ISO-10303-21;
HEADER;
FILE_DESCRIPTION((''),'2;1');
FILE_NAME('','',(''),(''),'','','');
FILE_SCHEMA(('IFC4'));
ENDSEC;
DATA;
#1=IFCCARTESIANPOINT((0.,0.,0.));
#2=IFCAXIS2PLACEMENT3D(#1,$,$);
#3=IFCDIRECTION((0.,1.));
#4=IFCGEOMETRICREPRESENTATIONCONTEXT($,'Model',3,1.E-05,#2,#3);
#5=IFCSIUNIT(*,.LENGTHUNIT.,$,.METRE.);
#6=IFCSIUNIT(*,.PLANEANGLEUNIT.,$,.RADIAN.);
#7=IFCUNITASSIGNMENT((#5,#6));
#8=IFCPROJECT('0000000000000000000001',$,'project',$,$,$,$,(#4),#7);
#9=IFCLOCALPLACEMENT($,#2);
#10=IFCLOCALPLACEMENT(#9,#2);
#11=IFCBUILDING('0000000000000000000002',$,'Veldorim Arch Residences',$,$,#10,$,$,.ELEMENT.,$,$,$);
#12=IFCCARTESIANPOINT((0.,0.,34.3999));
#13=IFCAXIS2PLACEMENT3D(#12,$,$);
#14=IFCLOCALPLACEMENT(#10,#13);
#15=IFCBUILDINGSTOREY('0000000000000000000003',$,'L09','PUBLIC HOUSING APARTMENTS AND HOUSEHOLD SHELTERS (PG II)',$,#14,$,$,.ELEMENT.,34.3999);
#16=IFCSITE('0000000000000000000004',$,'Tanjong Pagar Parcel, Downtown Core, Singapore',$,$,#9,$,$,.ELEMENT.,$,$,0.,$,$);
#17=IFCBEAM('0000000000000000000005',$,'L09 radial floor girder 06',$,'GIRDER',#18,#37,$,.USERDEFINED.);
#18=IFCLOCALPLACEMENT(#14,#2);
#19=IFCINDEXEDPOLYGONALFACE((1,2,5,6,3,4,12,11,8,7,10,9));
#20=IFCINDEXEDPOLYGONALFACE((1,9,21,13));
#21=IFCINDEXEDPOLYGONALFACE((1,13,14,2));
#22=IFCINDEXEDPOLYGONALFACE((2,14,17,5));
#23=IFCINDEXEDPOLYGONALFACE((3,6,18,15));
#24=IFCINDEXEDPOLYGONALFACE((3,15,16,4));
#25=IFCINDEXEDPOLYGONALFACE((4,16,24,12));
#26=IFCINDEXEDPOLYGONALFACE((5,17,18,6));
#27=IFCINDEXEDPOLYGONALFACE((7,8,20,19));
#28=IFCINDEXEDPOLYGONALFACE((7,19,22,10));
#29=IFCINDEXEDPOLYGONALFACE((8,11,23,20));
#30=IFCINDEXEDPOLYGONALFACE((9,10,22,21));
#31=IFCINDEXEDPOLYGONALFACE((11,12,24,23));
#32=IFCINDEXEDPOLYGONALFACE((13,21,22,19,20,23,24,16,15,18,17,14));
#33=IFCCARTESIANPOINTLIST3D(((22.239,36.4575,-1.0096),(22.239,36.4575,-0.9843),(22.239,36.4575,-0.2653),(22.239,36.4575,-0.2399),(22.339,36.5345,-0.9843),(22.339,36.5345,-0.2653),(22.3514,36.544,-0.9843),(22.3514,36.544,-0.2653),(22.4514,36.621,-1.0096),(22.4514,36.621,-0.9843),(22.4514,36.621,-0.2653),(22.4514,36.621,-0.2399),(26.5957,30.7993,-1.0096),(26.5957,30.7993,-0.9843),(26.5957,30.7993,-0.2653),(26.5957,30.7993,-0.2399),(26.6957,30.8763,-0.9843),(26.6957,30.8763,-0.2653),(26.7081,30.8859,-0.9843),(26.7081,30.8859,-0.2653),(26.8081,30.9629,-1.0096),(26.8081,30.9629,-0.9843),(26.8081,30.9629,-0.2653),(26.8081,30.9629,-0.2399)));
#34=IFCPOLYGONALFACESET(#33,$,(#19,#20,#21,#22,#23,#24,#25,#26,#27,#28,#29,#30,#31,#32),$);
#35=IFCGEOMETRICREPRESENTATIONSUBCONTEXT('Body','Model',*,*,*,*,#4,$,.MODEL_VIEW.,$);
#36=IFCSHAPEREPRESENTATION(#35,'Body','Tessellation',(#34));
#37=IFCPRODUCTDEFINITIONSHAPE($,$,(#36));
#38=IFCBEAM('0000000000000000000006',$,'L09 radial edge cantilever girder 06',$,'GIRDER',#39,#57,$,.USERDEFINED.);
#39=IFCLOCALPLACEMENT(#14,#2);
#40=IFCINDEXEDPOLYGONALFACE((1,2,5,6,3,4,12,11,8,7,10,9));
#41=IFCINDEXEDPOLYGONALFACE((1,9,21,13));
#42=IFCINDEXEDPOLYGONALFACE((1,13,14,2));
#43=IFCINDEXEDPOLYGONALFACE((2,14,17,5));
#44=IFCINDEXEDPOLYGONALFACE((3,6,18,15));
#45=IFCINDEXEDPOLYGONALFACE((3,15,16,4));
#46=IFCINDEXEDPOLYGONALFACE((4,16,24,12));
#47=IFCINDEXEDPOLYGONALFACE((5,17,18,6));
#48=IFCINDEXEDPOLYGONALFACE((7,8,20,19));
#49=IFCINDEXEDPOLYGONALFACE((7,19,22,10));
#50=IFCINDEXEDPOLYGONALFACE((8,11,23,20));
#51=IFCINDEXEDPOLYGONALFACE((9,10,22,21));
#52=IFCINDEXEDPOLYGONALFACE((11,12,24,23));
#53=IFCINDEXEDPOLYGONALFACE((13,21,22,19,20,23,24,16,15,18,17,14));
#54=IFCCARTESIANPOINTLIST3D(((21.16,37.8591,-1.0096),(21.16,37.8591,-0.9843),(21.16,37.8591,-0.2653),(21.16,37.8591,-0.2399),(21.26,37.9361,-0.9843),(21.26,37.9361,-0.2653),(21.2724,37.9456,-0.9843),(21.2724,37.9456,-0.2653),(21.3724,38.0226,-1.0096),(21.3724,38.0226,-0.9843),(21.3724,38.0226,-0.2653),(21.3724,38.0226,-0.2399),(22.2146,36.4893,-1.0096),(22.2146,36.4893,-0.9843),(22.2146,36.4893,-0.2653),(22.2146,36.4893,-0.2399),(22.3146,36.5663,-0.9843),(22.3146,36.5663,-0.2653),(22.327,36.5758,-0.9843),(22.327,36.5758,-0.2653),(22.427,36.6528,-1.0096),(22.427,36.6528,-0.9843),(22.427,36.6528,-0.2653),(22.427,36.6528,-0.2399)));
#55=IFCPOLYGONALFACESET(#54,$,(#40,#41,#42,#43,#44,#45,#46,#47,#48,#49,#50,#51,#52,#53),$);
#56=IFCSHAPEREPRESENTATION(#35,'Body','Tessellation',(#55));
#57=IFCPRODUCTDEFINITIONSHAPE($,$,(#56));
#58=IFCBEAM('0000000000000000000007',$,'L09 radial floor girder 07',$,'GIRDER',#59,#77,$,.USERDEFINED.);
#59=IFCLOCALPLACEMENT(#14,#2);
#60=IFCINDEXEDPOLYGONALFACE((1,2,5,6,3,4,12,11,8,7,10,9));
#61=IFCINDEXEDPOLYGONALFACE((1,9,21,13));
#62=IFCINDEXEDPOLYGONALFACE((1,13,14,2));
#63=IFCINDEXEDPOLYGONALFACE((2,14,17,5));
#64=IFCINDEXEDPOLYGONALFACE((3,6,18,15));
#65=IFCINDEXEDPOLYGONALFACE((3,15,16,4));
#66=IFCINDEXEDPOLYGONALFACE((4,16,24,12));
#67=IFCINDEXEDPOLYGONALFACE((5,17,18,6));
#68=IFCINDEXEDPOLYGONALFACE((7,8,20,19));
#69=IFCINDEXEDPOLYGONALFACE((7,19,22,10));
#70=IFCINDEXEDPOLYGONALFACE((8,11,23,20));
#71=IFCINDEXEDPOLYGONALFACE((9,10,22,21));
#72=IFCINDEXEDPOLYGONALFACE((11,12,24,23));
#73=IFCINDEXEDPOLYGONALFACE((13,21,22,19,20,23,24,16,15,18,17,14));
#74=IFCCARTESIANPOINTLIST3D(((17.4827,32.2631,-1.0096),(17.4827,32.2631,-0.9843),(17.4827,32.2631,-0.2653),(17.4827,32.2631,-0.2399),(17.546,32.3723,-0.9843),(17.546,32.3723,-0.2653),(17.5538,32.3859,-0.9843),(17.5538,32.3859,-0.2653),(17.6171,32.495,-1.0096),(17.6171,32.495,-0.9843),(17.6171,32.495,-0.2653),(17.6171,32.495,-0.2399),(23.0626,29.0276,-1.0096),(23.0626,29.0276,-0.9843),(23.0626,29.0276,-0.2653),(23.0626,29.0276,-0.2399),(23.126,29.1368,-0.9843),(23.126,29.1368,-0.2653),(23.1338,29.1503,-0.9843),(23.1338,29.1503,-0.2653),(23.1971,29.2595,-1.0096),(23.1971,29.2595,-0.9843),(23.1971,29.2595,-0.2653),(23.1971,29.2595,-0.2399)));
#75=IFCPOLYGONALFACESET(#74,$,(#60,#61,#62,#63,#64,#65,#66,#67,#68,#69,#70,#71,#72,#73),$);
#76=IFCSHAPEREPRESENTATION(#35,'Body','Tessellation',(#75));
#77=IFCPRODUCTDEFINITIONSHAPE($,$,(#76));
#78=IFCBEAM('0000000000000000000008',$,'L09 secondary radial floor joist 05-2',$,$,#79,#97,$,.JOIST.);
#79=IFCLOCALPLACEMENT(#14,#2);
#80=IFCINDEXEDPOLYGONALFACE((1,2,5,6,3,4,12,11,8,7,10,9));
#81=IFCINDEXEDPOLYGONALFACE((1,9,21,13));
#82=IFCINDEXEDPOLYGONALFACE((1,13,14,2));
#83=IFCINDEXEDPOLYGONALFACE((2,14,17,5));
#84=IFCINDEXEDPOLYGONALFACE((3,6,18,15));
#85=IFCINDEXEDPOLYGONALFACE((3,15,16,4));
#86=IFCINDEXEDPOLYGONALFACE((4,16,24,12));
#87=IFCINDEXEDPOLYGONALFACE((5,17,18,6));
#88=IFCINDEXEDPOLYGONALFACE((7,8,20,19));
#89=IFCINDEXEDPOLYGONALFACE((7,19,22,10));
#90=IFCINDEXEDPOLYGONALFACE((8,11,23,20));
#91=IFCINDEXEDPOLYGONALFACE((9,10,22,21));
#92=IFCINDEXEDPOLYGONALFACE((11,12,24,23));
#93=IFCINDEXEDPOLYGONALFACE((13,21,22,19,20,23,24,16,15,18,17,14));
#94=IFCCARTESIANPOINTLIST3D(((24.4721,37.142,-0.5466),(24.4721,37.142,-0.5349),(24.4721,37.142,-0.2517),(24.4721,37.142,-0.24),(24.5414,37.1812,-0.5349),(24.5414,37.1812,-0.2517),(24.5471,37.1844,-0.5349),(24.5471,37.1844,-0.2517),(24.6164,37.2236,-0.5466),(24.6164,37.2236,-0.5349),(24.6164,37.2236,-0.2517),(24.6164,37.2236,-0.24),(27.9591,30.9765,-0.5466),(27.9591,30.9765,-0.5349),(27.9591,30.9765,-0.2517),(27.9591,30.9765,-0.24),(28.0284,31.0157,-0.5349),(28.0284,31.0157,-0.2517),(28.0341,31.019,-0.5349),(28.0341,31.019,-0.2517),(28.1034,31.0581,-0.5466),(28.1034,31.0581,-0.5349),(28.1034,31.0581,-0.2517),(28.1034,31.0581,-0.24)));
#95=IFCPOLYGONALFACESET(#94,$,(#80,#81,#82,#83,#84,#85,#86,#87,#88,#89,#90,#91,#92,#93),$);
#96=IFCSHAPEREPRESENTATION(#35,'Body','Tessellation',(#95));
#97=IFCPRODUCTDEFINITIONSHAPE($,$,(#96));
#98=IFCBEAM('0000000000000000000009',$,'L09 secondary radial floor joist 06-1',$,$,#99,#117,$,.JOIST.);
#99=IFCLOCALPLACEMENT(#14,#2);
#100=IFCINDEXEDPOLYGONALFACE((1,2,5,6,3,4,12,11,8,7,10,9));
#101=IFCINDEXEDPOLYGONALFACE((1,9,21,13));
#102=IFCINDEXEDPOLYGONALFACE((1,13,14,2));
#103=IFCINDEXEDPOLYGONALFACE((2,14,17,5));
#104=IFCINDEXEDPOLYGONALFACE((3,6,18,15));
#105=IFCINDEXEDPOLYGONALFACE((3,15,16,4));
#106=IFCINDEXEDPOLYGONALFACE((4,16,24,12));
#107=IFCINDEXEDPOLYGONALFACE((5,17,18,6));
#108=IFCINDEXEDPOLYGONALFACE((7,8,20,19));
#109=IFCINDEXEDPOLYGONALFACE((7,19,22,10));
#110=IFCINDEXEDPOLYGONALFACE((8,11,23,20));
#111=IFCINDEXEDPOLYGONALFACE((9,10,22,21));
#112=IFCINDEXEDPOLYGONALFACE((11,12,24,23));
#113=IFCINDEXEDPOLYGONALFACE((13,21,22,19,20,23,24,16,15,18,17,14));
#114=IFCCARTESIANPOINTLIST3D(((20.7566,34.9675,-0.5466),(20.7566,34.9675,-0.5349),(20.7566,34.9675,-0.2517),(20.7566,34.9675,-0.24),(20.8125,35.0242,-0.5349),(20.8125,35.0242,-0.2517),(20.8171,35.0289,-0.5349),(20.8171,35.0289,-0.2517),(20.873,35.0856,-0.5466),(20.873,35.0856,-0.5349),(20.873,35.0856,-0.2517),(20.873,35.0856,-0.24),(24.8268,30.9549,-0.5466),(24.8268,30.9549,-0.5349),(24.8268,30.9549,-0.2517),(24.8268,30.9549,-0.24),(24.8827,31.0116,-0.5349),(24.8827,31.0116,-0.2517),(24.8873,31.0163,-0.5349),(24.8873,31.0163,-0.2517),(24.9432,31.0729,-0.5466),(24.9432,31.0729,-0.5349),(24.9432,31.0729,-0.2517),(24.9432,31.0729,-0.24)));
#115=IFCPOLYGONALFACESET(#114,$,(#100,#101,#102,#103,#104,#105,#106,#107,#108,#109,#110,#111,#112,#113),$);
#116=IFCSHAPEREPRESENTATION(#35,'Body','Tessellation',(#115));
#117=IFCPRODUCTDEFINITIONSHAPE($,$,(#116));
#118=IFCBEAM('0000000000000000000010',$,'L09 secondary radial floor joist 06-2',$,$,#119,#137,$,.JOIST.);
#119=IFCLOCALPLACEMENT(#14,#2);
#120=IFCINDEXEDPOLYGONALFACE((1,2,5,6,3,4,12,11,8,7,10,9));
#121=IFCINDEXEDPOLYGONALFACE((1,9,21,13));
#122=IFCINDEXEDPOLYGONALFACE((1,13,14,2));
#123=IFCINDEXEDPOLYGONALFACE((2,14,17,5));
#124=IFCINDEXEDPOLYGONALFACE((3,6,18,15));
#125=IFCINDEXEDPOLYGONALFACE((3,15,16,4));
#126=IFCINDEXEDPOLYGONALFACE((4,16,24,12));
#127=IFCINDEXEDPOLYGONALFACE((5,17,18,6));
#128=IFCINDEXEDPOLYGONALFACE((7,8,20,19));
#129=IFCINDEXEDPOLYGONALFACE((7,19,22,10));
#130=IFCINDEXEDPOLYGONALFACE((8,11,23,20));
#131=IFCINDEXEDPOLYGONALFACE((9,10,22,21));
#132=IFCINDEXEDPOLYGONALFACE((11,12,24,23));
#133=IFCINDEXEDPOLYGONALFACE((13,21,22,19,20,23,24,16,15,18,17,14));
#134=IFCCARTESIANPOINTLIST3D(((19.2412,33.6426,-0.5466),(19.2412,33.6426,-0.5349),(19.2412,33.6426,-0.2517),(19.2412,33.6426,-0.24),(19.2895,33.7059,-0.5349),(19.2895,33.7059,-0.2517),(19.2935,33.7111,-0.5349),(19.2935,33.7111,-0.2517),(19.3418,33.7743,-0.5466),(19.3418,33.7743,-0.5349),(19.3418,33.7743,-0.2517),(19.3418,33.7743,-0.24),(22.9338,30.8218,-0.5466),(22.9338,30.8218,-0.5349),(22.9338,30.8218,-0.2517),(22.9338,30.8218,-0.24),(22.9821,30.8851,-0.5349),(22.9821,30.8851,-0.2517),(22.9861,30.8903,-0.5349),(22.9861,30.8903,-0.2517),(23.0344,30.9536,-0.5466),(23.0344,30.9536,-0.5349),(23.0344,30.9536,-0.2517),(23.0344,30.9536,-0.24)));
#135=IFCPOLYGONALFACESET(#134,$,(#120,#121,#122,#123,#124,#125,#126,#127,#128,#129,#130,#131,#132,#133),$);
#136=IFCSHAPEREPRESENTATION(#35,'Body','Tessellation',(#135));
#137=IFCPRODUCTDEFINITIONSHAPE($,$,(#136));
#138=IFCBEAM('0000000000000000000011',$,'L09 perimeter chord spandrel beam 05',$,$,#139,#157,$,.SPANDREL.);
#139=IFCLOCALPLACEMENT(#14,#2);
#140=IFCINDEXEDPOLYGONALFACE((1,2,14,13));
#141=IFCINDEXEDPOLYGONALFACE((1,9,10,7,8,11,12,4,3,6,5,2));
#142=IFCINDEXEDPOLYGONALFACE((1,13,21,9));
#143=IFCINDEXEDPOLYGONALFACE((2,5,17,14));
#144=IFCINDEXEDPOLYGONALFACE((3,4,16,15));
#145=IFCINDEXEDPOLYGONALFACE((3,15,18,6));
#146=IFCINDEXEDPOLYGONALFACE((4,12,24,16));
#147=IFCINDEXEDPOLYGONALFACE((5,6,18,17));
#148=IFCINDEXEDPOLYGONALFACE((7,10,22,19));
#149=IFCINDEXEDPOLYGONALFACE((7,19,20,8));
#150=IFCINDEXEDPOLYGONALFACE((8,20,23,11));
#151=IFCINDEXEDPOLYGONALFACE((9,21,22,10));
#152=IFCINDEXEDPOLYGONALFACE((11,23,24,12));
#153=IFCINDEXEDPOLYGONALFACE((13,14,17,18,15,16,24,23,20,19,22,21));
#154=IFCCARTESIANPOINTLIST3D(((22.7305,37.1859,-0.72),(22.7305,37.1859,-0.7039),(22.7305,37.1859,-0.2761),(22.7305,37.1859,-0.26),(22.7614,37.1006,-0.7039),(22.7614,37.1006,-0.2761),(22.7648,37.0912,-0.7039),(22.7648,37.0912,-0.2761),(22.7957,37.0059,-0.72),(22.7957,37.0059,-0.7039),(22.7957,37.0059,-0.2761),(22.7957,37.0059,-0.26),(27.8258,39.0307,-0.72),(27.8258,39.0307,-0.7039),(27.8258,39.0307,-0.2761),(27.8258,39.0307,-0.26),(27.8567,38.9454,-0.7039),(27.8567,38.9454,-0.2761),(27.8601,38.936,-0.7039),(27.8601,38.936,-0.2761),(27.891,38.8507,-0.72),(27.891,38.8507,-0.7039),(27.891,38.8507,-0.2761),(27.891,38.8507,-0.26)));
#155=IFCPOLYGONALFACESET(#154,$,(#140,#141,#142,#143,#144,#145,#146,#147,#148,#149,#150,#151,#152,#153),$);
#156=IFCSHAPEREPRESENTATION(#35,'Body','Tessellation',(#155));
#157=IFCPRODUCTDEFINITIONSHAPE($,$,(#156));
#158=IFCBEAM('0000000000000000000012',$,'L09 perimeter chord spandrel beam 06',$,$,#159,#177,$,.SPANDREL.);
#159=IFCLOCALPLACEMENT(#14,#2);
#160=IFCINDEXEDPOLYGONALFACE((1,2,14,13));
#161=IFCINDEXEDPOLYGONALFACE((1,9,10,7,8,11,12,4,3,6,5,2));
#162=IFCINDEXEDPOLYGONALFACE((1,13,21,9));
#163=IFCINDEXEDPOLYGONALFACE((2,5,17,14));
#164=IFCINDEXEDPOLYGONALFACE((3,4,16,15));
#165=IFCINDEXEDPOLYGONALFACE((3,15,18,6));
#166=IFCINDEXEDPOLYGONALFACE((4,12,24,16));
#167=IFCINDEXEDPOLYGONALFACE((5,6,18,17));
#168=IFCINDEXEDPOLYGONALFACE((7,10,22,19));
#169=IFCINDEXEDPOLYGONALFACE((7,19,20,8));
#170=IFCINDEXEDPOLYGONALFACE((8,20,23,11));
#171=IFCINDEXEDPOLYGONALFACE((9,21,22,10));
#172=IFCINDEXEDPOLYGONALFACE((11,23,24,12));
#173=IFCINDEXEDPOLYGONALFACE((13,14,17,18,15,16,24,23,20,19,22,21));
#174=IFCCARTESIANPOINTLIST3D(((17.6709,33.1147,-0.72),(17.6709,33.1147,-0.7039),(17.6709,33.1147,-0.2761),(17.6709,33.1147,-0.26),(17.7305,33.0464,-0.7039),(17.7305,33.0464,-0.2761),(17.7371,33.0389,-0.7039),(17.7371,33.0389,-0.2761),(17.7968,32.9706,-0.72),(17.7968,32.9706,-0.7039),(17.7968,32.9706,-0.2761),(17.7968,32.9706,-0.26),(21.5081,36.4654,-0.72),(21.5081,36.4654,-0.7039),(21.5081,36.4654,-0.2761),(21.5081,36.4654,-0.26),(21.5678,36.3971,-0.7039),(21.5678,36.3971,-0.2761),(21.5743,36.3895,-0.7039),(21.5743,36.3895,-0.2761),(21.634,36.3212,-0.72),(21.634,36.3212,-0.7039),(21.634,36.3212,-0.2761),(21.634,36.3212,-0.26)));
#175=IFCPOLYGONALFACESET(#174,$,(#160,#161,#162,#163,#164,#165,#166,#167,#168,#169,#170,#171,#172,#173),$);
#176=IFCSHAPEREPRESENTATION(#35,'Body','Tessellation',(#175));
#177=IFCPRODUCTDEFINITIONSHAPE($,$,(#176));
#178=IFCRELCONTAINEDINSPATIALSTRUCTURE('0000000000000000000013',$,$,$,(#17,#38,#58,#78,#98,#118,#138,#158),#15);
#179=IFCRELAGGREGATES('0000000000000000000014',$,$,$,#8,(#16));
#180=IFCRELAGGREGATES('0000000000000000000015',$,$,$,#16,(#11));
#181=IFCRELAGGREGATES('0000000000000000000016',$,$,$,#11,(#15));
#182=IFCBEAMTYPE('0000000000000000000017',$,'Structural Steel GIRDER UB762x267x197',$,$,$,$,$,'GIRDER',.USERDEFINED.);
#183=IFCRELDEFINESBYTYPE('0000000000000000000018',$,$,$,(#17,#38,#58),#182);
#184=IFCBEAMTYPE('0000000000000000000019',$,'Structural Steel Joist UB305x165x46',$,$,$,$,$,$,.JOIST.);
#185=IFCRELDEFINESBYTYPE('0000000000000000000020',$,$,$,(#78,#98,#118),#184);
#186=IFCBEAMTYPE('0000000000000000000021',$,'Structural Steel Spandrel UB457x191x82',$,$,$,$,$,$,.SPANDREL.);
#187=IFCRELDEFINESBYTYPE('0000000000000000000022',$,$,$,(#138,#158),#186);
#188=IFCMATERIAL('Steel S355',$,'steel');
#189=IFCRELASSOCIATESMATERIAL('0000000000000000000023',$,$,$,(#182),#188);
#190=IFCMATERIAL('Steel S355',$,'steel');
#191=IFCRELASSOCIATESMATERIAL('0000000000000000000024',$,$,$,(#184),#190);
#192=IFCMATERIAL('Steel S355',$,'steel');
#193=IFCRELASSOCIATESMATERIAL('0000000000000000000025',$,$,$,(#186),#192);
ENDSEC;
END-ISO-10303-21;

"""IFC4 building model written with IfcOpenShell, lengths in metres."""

from ifc_helpers import new_model, si_unit, direction, frame, origin, origin_2d, place, context, subcontext, project, spatial, i_section, extrude, material, material_profile, profile_set, type_object, element, save


model = new_model("IFC4")

# Units and contexts
model_context = context("Model", 3, precision=1e-05, world=origin(), true_north=direction((0.0, 1.0)))
body_context = subcontext(model_context, "Body", "Model", "MODEL_VIEW")
ifc_project = project(units=[si_unit("LENGTHUNIT", "METRE"), si_unit("PLANEANGLEUNIT", "RADIAN")], contexts=[model_context])

# Site, building, storey
site_placement = place(None, origin())
site = spatial("IfcSite", under=ifc_project, at=site_placement, Name="Tanjong Pagar Parcel, Downtown Core, Singapore", CompositionType="ELEMENT", RefElevation=0.0)
building_placement = place(site_placement, origin())
building = spatial("IfcBuilding", under=site, at=building_placement, Name="Veldorim Arch Residences", CompositionType="ELEMENT")
storey_placement = place(building_placement, frame((0.0, 0.0, 34.3999)))
storey = spatial("IfcBuildingStorey", under=building, at=storey_placement, Name="L09", Description="PUBLIC HOUSING APARTMENTS AND HOUSEHOLD SHELTERS (PG II)", CompositionType="ELEMENT", Elevation=34.3999)

# Beams
ifc_material_1 = material(Name="Steel S355", Category="steel")
ifc_material_profile_1 = material_profile(ifc_material_1, i_section(OverallWidth=0.2681, OverallDepth=0.7698, WebThickness=0.0156, FlangeThickness=0.0254, at=origin_2d()), Name="UB762x267x197")
ifc_profile_set_1 = profile_set([ifc_material_profile_1], Name="Steel S355")
beam_type_1 = type_object("IfcBeamType", Name="Structural Steel GIRDER UB762x267x197", ElementType="GIRDER", PredefinedType="USERDEFINED", material=ifc_profile_set_1)
beam_1_placement = place(storey_placement, frame((26.7019, 30.8811, -0.6248), z_axis=(-0.610082, 0.792338, 0.0), x_axis=(-0.792338, -0.610082, 0.0)))
element("IfcBeam", 1, at=beam_1_placement, inside=storey, type_object=beam_type_1, Name="L09 radial floor girder 06", ObjectType="GIRDER", PredefinedType="USERDEFINED", context=body_context, shape_type="SweptSolid", body=[
    extrude(i_section(OverallWidth=0.2681, OverallDepth=0.7698, WebThickness=0.0156, FlangeThickness=0.0254, at=origin_2d()), origin(), (0.0, 0.0, 1.0), 7.1411),
])
beam_2_placement = place(storey_placement, frame((22.3208, 36.571, -0.6248), z_axis=(-0.610052, 0.792361, 0.0), x_axis=(-0.792361, -0.610052, 0.0)))
element("IfcBeam", 2, at=beam_2_placement, inside=storey, type_object=beam_type_1, Name="L09 radial edge cantilever girder 06", ObjectType="GIRDER", PredefinedType="USERDEFINED", context=body_context, shape_type="SweptSolid", body=[
    extrude(i_section(OverallWidth=0.2681, OverallDepth=0.7698, WebThickness=0.0156, FlangeThickness=0.0254, at=origin_2d()), origin(), (0.0, 0.0, 1.0), 1.7288),
])
beam_3_placement = place(storey_placement, frame((23.1299, 29.1436, -0.6248), z_axis=(-0.865088, 0.50162, 0.0), x_axis=(-0.50162, -0.865088, 0.0)))
element("IfcBeam", 3, at=beam_3_placement, inside=storey, type_object=beam_type_1, Name="L09 radial floor girder 07", ObjectType="GIRDER", PredefinedType="USERDEFINED", context=body_context, shape_type="SweptSolid", body=[
    extrude(i_section(OverallWidth=0.2681, OverallDepth=0.7698, WebThickness=0.0156, FlangeThickness=0.0254, at=origin_2d()), origin(), (0.0, 0.0, 1.0), 6.4502),
])
ifc_material_2 = material(Name="Steel S355", Category="steel")
ifc_material_profile_2 = material_profile(ifc_material_2, i_section(OverallWidth=0.1658, OverallDepth=0.3066, WebThickness=0.0066, FlangeThickness=0.0117, at=origin_2d()), Name="UB305x165x46")
ifc_profile_set_2 = profile_set([ifc_material_profile_2], Name="Steel S355")
beam_type_2 = type_object("IfcBeamType", Name="Structural Steel Joist UB305x165x46", PredefinedType="JOIST", material=ifc_profile_set_2)
beam_4_placement = place(storey_placement, frame((28.0312, 31.0173, -0.3933), z_axis=(-0.492292, 0.87043, 0.0), x_axis=(-0.87043, -0.492292, 0.0)))
element("IfcBeam", 4, at=beam_4_placement, inside=storey, type_object=beam_type_2, Name="L09 secondary radial floor joist 05-2", PredefinedType="JOIST", context=body_context, shape_type="SweptSolid", body=[
    extrude(i_section(OverallWidth=0.1658, OverallDepth=0.3066, WebThickness=0.0066, FlangeThickness=0.0117, at=origin_2d()), origin(), (0.0, 0.0, 1.0), 7.0833),
])
beam_5_placement = place(storey_placement, frame((24.885, 31.0139, -0.3933), z_axis=(-0.712129, 0.702049, 0.0), x_axis=(-0.702049, -0.712129, 0.0)))
element("IfcBeam", 5, at=beam_5_placement, inside=storey, type_object=beam_type_2, Name="L09 secondary radial floor joist 06-1", PredefinedType="JOIST", context=body_context, shape_type="SweptSolid", body=[
    extrude(i_section(OverallWidth=0.1658, OverallDepth=0.3066, WebThickness=0.0066, FlangeThickness=0.0117, at=origin_2d()), origin(), (0.0, 0.0, 1.0), 5.7156),
])
beam_6_placement = place(storey_placement, frame((22.9841, 30.8877, -0.3933), z_axis=(-0.794666, 0.607046, 0.0), x_axis=(-0.607046, -0.794666, 0.0)))
element("IfcBeam", 6, at=beam_6_placement, inside=storey, type_object=beam_type_2, Name="L09 secondary radial floor joist 06-2", PredefinedType="JOIST", context=body_context, shape_type="SweptSolid", body=[
    extrude(i_section(OverallWidth=0.1658, OverallDepth=0.3066, WebThickness=0.0066, FlangeThickness=0.0117, at=origin_2d()), origin(), (0.0, 0.0, 1.0), 4.6467),
])
ifc_material_3 = material(Name="Steel S355", Category="steel")
ifc_material_profile_3 = material_profile(ifc_material_3, i_section(OverallWidth=0.1914, OverallDepth=0.46, WebThickness=0.01, FlangeThickness=0.0161, at=origin_2d()), Name="UB457x191x82")
ifc_profile_set_3 = profile_set([ifc_material_profile_3], Name="Steel S355")
beam_type_3 = type_object("IfcBeamType", Name="Structural Steel Spandrel UB457x191x82", PredefinedType="SPANDREL", material=ifc_profile_set_3)
beam_7_placement = place(storey_placement, frame((27.8584, 38.9407, -0.49), z_axis=(-0.940271, -0.340426, 0.0), x_axis=(0.340426, -0.940271, 0.0)))
element("IfcBeam", 7, at=beam_7_placement, inside=storey, type_object=beam_type_3, Name="L09 perimeter chord spandrel beam 05", PredefinedType="SPANDREL", context=body_context, shape_type="SweptSolid", body=[
    extrude(i_section(OverallWidth=0.1914, OverallDepth=0.46, WebThickness=0.01, FlangeThickness=0.0161, at=origin_2d()), origin(), (0.0, 0.0, 1.0), 5.4189),
])
beam_8_placement = place(storey_placement, frame((21.571, 36.3933, -0.49), z_axis=(-0.75325, -0.657734, 0.0), x_axis=(0.657734, -0.75325, 0.0)))
element("IfcBeam", 8, at=beam_8_placement, inside=storey, type_object=beam_type_3, Name="L09 perimeter chord spandrel beam 06", PredefinedType="SPANDREL", context=body_context, shape_type="SweptSolid", body=[
    extrude(i_section(OverallWidth=0.1914, OverallDepth=0.46, WebThickness=0.01, FlangeThickness=0.0161, at=origin_2d()), origin(), (0.0, 0.0, 1.0), 5.0942),
])

save(model, "model.ifc")
